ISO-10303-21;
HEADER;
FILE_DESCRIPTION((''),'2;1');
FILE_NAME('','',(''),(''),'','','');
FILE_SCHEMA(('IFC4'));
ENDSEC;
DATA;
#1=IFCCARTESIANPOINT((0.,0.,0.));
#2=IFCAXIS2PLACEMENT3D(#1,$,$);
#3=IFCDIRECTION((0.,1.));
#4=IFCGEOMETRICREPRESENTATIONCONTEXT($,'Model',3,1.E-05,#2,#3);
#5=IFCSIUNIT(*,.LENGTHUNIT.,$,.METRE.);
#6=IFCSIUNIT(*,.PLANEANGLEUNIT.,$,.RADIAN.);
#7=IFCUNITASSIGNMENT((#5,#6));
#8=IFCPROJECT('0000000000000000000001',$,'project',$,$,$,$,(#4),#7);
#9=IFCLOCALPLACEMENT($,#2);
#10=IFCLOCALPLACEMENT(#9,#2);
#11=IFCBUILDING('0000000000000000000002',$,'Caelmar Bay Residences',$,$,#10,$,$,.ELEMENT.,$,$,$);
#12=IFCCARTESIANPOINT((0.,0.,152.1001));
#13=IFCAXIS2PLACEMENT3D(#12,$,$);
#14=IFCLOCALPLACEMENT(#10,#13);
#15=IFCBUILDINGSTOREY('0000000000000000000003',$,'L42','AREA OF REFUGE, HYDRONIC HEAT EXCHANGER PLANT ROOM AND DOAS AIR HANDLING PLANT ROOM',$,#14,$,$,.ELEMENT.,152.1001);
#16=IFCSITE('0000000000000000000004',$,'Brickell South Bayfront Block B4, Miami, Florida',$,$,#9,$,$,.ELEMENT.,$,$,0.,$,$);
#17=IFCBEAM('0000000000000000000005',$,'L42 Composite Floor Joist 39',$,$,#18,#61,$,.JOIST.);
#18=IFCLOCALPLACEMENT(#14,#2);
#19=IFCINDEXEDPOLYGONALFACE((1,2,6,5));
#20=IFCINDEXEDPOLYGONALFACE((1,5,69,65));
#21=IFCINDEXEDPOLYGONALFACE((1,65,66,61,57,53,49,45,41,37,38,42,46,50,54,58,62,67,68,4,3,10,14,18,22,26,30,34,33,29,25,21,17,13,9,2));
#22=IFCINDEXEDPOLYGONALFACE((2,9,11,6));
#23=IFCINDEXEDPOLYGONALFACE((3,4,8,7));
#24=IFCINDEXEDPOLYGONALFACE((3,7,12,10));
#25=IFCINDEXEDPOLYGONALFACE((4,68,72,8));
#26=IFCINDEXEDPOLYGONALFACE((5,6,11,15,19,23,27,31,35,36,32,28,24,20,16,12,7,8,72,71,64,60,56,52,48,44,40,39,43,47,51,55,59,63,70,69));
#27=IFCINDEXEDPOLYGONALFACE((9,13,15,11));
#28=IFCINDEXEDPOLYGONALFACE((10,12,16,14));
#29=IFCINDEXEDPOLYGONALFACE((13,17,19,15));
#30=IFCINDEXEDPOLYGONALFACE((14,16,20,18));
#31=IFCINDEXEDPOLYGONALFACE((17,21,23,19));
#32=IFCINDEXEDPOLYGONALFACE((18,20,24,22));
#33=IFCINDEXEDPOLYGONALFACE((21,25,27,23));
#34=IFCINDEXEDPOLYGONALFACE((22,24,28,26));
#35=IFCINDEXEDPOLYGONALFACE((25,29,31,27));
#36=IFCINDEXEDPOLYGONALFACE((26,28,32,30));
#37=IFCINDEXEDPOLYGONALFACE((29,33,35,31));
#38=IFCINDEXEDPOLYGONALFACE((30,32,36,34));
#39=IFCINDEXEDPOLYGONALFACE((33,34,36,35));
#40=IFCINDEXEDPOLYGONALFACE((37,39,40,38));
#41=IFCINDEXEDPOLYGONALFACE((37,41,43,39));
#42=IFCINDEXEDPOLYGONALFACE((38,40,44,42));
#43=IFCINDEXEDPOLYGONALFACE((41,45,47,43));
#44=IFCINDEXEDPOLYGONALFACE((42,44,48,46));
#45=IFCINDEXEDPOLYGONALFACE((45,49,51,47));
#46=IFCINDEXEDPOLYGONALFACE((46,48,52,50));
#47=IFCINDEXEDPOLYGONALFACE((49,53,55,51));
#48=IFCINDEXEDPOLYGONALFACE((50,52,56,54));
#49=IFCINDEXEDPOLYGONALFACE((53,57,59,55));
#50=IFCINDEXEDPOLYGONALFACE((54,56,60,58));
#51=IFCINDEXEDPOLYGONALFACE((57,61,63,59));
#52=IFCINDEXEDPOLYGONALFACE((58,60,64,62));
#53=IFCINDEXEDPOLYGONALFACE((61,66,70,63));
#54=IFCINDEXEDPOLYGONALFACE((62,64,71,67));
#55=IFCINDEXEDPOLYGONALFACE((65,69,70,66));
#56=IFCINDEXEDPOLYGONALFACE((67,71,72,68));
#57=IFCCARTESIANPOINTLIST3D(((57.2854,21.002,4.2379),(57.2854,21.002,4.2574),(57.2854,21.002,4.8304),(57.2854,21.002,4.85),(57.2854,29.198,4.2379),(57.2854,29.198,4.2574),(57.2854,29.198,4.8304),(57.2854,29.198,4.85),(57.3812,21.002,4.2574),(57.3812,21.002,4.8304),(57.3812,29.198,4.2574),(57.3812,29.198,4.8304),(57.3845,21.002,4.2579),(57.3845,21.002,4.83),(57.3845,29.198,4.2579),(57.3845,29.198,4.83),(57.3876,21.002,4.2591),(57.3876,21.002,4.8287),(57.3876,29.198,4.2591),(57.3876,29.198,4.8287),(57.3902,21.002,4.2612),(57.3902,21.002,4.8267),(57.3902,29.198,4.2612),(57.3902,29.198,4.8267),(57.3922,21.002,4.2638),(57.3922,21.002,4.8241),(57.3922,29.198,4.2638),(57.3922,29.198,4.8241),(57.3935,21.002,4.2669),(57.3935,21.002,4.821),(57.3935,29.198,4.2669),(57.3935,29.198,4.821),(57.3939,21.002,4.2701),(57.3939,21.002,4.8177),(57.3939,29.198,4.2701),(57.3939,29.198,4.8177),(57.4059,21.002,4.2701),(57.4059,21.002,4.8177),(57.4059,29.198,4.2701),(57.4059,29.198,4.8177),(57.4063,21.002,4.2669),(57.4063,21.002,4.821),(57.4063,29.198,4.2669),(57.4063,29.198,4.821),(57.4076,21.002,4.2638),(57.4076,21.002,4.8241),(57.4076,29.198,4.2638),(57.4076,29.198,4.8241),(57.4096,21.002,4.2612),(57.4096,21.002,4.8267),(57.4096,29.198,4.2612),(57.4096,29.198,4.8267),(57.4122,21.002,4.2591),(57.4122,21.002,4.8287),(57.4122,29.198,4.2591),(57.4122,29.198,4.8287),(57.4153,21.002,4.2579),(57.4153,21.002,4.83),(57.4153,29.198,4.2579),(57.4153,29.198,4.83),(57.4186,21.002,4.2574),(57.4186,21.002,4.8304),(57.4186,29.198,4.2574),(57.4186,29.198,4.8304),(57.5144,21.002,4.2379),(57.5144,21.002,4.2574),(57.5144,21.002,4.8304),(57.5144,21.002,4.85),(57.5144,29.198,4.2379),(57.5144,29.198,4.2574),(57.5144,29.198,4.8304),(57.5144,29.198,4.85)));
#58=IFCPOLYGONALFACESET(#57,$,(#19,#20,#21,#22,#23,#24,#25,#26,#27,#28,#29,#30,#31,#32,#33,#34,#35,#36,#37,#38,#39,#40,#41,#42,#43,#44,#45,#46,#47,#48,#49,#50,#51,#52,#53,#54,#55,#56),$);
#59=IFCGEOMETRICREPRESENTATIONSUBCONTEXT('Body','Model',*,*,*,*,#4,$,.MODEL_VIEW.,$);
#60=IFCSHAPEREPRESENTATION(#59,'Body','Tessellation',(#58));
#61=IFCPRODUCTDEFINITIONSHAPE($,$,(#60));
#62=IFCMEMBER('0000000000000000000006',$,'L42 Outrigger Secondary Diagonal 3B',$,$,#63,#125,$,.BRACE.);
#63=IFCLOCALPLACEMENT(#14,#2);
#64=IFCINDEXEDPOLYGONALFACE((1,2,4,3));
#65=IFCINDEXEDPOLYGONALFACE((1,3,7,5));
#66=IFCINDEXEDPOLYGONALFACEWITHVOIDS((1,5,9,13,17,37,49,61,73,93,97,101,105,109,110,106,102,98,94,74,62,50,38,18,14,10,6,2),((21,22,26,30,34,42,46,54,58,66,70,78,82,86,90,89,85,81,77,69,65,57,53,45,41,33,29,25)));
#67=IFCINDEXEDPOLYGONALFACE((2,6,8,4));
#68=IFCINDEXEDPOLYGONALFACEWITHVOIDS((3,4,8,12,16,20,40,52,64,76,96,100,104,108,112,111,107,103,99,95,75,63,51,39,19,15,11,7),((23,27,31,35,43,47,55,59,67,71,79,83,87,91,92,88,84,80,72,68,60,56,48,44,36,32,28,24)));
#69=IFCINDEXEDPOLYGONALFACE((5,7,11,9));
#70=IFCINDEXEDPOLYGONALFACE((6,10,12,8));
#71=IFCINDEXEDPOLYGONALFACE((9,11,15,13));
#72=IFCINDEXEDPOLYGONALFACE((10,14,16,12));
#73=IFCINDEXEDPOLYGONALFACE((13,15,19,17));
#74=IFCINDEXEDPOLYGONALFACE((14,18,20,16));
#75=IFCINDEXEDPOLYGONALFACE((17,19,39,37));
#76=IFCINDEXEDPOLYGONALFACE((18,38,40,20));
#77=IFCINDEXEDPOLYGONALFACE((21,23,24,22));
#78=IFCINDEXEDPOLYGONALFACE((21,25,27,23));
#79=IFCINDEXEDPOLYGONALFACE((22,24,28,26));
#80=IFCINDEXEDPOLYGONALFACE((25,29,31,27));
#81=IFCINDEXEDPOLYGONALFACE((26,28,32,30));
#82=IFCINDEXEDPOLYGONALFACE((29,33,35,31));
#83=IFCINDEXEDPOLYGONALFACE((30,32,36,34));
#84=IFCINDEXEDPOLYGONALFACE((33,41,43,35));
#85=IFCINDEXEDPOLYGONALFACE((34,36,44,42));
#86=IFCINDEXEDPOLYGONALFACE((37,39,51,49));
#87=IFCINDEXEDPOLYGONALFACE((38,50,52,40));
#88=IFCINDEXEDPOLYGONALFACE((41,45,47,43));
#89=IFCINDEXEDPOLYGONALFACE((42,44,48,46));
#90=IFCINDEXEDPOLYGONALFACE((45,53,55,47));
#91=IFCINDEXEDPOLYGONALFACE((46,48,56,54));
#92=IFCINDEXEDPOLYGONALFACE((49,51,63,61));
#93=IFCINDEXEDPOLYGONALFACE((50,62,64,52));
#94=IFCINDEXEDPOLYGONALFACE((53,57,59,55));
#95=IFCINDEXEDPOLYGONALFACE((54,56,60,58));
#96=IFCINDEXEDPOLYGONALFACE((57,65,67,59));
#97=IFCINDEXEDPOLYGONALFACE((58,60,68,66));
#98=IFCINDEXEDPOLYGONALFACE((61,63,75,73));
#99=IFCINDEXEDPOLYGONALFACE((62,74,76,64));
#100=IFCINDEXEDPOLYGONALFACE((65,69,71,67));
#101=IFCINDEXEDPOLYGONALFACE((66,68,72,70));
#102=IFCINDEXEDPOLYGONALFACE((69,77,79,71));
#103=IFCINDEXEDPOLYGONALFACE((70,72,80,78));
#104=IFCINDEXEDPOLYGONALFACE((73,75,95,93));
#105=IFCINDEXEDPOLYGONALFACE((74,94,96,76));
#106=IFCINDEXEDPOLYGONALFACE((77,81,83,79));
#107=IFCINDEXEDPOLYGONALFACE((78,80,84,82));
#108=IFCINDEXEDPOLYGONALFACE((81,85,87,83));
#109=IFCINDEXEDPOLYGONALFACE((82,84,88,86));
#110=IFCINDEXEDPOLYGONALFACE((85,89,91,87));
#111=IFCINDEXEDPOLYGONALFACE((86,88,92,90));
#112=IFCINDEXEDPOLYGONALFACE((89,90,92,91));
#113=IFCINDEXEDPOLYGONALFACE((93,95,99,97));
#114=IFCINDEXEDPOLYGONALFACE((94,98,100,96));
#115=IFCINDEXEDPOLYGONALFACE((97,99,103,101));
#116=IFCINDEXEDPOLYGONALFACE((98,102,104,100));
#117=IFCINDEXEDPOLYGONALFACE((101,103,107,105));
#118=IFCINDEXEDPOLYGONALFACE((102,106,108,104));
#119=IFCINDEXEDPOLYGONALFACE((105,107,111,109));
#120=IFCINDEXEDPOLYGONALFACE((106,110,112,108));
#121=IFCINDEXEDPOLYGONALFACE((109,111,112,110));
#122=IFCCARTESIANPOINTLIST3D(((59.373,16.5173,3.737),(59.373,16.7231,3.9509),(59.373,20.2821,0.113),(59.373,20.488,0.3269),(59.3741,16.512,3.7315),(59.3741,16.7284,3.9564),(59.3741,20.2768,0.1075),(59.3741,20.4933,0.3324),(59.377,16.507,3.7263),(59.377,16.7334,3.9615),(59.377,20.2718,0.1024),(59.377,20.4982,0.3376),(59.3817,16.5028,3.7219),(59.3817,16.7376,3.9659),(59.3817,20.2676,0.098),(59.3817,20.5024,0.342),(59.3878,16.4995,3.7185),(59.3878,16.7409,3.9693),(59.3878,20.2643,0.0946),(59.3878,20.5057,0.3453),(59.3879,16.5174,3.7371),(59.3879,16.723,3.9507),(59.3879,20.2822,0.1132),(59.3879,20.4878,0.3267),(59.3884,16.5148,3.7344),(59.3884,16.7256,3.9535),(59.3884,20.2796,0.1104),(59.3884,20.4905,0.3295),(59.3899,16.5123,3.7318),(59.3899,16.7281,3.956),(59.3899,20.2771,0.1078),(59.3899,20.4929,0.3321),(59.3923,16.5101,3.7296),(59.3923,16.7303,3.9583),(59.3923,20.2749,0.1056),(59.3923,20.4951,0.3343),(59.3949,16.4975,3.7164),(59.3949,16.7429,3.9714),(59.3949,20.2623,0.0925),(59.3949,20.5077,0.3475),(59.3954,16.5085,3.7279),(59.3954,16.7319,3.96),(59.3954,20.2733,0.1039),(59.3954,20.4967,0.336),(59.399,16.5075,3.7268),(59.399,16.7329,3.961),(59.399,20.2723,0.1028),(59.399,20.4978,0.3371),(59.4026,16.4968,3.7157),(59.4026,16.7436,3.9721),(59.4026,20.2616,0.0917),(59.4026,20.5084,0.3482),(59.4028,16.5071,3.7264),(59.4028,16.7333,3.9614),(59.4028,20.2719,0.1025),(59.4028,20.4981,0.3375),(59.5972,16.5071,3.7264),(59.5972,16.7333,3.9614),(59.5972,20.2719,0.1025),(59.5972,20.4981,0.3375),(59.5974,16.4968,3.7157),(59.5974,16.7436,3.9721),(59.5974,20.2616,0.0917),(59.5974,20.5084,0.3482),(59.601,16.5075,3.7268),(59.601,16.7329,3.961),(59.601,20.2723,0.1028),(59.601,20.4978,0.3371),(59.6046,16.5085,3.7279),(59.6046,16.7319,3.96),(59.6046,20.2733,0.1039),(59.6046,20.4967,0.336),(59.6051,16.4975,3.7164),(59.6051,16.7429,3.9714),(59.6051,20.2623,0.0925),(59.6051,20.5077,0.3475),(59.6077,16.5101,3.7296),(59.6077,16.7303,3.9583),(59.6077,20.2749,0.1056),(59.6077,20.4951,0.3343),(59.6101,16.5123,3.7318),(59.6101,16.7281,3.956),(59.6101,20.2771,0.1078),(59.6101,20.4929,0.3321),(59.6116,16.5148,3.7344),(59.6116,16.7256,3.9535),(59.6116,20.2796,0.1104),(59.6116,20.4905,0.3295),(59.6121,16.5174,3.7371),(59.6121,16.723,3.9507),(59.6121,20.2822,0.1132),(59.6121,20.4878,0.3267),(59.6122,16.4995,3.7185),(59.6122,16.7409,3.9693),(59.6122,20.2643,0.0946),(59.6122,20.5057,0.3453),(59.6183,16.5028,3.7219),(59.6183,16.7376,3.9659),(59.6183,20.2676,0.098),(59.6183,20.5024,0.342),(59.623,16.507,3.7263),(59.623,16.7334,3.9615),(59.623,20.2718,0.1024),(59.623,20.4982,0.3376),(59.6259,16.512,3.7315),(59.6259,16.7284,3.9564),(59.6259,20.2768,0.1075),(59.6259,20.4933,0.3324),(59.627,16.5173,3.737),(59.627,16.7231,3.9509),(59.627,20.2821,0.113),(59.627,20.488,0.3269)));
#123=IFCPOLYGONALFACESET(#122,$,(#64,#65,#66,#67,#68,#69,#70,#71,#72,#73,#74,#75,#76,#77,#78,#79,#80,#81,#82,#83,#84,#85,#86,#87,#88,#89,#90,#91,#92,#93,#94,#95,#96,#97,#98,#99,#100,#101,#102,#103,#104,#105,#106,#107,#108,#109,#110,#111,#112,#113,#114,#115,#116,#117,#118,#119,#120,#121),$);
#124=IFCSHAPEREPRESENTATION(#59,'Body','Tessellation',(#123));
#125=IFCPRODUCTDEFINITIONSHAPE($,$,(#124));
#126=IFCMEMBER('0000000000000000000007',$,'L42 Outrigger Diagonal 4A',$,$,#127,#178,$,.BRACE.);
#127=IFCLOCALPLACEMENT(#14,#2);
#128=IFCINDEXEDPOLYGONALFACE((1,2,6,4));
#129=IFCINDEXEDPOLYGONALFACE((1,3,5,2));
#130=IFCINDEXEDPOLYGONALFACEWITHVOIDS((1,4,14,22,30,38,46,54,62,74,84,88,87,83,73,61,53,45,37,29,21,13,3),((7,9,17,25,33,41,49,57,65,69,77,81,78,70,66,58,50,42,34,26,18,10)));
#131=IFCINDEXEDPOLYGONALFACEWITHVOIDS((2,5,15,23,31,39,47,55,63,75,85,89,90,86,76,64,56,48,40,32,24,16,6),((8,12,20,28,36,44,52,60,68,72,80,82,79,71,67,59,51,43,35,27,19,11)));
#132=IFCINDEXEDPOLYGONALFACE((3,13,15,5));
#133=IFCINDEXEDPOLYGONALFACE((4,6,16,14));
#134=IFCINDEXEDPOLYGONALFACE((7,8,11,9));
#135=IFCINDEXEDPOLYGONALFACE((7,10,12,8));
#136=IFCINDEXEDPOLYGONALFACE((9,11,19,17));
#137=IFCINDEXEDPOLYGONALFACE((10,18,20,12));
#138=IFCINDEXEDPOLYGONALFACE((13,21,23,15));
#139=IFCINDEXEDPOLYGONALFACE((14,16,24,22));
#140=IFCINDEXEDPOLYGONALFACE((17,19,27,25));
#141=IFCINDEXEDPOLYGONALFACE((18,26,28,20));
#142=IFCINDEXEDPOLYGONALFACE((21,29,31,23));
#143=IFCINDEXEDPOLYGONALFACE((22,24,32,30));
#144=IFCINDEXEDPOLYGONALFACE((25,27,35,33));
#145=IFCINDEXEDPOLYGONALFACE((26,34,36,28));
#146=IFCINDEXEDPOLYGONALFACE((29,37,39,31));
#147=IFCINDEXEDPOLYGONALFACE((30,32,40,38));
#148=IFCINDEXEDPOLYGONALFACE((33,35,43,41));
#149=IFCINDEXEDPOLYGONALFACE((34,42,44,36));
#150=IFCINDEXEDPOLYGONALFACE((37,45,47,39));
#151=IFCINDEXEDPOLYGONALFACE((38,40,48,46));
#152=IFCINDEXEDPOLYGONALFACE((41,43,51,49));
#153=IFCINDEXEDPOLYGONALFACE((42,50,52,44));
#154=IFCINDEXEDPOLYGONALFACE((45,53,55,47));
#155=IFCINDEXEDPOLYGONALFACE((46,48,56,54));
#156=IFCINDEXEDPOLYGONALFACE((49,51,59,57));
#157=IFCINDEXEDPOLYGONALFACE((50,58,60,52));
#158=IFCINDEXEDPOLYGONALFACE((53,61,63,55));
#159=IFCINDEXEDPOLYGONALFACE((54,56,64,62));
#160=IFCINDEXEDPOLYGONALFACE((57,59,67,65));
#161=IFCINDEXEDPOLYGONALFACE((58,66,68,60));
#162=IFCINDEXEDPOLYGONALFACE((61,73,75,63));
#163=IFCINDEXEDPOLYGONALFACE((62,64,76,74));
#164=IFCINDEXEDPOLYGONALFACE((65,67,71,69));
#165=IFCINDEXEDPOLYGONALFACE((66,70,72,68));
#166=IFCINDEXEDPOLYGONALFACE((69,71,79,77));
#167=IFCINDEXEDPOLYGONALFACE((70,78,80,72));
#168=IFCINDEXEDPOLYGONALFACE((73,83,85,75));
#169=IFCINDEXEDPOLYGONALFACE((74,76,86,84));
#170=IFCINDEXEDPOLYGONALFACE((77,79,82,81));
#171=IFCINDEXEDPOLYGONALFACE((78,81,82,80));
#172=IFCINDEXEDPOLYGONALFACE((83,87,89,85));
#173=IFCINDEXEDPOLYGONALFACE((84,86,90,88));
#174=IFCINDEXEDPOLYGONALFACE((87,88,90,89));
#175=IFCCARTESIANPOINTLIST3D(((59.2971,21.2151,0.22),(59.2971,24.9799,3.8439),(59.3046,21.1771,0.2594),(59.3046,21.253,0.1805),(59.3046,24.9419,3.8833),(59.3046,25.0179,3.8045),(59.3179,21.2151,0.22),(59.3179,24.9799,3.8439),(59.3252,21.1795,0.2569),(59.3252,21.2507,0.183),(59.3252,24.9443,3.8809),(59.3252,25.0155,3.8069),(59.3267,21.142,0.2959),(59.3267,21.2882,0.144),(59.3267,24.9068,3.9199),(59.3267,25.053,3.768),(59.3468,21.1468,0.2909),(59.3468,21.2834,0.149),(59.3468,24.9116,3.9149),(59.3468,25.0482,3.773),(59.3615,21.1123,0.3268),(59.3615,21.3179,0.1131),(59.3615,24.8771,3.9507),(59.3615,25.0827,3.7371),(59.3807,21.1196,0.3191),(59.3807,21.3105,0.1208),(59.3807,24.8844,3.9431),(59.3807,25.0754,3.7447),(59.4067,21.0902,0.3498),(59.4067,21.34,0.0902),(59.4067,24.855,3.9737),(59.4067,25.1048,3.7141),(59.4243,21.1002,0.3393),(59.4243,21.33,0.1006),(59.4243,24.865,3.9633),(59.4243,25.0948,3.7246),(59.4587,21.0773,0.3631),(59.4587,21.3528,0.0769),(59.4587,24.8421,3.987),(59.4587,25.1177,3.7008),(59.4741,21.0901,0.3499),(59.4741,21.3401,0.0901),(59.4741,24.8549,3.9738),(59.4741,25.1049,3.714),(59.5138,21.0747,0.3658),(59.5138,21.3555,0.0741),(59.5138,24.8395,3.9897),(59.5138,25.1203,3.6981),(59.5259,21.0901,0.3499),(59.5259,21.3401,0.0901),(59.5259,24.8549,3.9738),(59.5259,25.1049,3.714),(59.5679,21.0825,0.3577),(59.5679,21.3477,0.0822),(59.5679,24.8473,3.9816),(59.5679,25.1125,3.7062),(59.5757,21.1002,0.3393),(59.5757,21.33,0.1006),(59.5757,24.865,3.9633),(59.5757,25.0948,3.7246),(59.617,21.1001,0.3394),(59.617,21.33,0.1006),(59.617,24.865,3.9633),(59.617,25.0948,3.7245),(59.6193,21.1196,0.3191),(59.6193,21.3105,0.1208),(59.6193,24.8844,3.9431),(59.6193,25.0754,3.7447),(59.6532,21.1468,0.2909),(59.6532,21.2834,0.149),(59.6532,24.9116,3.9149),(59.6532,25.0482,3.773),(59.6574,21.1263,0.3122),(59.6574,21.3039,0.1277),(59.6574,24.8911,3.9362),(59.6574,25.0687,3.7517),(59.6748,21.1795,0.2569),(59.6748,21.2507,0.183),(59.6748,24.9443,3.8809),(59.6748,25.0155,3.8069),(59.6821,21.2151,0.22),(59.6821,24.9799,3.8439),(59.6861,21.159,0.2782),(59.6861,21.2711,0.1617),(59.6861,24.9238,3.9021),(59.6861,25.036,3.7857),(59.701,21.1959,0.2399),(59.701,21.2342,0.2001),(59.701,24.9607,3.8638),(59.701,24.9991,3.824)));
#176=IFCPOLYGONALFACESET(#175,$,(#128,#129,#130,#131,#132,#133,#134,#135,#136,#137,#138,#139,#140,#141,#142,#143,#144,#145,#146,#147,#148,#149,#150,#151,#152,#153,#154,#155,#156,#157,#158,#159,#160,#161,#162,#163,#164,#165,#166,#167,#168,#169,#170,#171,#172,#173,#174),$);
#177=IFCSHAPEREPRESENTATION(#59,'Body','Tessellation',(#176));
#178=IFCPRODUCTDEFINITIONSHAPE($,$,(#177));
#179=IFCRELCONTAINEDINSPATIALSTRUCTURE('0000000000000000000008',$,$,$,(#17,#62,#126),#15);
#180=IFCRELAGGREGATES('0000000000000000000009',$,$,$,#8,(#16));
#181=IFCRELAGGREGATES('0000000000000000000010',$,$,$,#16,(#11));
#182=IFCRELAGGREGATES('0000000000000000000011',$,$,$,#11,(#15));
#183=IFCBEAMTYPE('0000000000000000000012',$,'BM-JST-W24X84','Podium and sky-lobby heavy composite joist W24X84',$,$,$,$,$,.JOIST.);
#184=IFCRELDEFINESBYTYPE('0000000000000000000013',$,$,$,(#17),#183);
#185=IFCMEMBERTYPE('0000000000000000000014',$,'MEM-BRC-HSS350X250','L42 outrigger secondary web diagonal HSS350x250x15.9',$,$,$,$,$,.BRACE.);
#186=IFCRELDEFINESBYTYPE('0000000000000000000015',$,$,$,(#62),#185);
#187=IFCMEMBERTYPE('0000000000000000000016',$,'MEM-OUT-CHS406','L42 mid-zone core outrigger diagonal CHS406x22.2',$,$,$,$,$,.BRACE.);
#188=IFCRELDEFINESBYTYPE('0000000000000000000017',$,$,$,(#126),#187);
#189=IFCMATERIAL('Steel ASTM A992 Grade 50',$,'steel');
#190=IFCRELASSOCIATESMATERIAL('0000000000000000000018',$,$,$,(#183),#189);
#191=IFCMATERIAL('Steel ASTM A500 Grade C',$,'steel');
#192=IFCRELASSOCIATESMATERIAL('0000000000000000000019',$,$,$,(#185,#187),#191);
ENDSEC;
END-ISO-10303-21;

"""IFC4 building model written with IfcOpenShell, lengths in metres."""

from ifc_helpers import new_model, si_unit, direction, frame, origin, origin_2d, place, context, subcontext, project, spatial, hollow_rectangle, hollow_circle, i_section, extrude, material, material_profile, profile_set, type_object, element, save


model = new_model("IFC4")

# Units and contexts
model_context = context("Model", 3, precision=1e-05, world=origin(), true_north=direction((0.0, 1.0)))
body_context = subcontext(model_context, "Body", "Model", "MODEL_VIEW")
ifc_project = project(units=[si_unit("LENGTHUNIT", "METRE"), si_unit("PLANEANGLEUNIT", "RADIAN")], contexts=[model_context])

# Site, building, storey
site_placement = place(None, origin())
site = spatial("IfcSite", under=ifc_project, at=site_placement, Name="Brickell South Bayfront Block B4, Miami, Florida", CompositionType="ELEMENT", RefElevation=0.0)
building_placement = place(site_placement, origin())
building = spatial("IfcBuilding", under=site, at=building_placement, Name="Caelmar Bay Residences", CompositionType="ELEMENT")
storey_placement = place(building_placement, frame((0.0, 0.0, 152.1001)))
storey = spatial("IfcBuildingStorey", under=building, at=storey_placement, Name="L42", Description="AREA OF REFUGE, HYDRONIC HEAT EXCHANGER PLANT ROOM AND DOAS AIR HANDLING PLANT ROOM", CompositionType="ELEMENT", Elevation=152.1001)

# Beam
ifc_material_1 = material(Name="Steel ASTM A992 Grade 50", Category="steel")
ifc_material_profile_1 = material_profile(ifc_material_1, i_section(OverallWidth=0.229, OverallDepth=0.6121, WebThickness=0.012, FlangeThickness=0.0195, FilletRadius=0.0127, at=origin_2d()), Name="W24X84")
ifc_profile_set_1 = profile_set([ifc_material_profile_1], Name="Steel ASTM A992 Grade 50")
beam_type_1 = type_object("IfcBeamType", Name="BM-JST-W24X84", Description="Podium and sky-lobby heavy composite joist W24X84", PredefinedType="JOIST", material=ifc_profile_set_1)
for number, where, z_axis, x_axis, name in (
    (1, (57.3999, 21.002, 4.5439), (0.0, 1.0, 0.0), (-1.0, 0.0, 0.0), "L42 Composite Floor Joist 39"),
):
    element("IfcBeam", number, at=place(storey_placement, frame(where, z_axis=z_axis, x_axis=x_axis)), inside=storey, type_object=beam_type_1, Name=name, PredefinedType="JOIST", context=body_context, shape_type="SweptSolid", body=[
        extrude(i_section(OverallWidth=0.229, OverallDepth=0.6121, WebThickness=0.012, FlangeThickness=0.0195, FilletRadius=0.0127, at=origin_2d()), origin(), (0.0, 0.0, 1.0), 8.196),
    ])

# Members
ifc_material_2 = material(Name="Steel ASTM A500 Grade C", Category="steel")
ifc_material_profile_2 = material_profile(ifc_material_2, hollow_rectangle(XDim=0.2539, YDim=0.356, WallThickness=0.0149, InnerFilletRadius=0.0149, OuterFilletRadius=0.0295, at=origin_2d()), Name="HSS350X250X15.9")
ifc_profile_set_2 = profile_set([ifc_material_profile_2], Name="Steel ASTM A500 Grade C")
member_type_1 = type_object("IfcMemberType", Name="MEM-BRC-HSS350X250", Description="L42 outrigger secondary web diagonal HSS350x250x15.9", PredefinedType="BRACE", material=ifc_profile_set_2)
member_1_placement = place(storey_placement, frame((59.5, 20.385, 0.22), z_axis=(0.0, -0.720457, 0.6935), x_axis=(1.0, 0.0, 0.0)))
element("IfcMember", 2, at=member_1_placement, inside=storey, type_object=member_type_1, Name="L42 Outrigger Secondary Diagonal 3B", PredefinedType="BRACE", context=body_context, shape_type="SweptSolid", body=[
    extrude(hollow_rectangle(XDim=0.2539, YDim=0.356, WallThickness=0.0149, InnerFilletRadius=0.0149, OuterFilletRadius=0.0295, at=origin_2d()), origin(), (0.0, 0.0, 1.0), 5.2256),
])
ifc_material_profile_3 = material_profile(ifc_material_2, hollow_circle(Radius=0.2029, WallThickness=0.0208, at=origin_2d()), Name="CHS406X22.2")
ifc_profile_set_3 = profile_set([ifc_material_profile_3], Name="Steel ASTM A500 Grade C")
member_type_2 = type_object("IfcMemberType", Name="MEM-OUT-CHS406", Description="L42 mid-zone core outrigger diagonal CHS406x22.2", PredefinedType="BRACE", material=ifc_profile_set_3)
member_2_placement = place(storey_placement, frame((59.5, 21.2151, 0.22), z_axis=(0.0, 0.720457, 0.6935), x_axis=(-1.0, 0.0, 0.0)))
element("IfcMember", 3, at=member_2_placement, inside=storey, type_object=member_type_2, Name="L42 Outrigger Diagonal 4A", PredefinedType="BRACE", context=body_context, shape_type="SweptSolid", body=[
    extrude(hollow_circle(Radius=0.2029, WallThickness=0.0208, at=origin_2d()), origin(), (0.0, 0.0, 1.0), 5.2256),
])

save(model, "model.ifc")
